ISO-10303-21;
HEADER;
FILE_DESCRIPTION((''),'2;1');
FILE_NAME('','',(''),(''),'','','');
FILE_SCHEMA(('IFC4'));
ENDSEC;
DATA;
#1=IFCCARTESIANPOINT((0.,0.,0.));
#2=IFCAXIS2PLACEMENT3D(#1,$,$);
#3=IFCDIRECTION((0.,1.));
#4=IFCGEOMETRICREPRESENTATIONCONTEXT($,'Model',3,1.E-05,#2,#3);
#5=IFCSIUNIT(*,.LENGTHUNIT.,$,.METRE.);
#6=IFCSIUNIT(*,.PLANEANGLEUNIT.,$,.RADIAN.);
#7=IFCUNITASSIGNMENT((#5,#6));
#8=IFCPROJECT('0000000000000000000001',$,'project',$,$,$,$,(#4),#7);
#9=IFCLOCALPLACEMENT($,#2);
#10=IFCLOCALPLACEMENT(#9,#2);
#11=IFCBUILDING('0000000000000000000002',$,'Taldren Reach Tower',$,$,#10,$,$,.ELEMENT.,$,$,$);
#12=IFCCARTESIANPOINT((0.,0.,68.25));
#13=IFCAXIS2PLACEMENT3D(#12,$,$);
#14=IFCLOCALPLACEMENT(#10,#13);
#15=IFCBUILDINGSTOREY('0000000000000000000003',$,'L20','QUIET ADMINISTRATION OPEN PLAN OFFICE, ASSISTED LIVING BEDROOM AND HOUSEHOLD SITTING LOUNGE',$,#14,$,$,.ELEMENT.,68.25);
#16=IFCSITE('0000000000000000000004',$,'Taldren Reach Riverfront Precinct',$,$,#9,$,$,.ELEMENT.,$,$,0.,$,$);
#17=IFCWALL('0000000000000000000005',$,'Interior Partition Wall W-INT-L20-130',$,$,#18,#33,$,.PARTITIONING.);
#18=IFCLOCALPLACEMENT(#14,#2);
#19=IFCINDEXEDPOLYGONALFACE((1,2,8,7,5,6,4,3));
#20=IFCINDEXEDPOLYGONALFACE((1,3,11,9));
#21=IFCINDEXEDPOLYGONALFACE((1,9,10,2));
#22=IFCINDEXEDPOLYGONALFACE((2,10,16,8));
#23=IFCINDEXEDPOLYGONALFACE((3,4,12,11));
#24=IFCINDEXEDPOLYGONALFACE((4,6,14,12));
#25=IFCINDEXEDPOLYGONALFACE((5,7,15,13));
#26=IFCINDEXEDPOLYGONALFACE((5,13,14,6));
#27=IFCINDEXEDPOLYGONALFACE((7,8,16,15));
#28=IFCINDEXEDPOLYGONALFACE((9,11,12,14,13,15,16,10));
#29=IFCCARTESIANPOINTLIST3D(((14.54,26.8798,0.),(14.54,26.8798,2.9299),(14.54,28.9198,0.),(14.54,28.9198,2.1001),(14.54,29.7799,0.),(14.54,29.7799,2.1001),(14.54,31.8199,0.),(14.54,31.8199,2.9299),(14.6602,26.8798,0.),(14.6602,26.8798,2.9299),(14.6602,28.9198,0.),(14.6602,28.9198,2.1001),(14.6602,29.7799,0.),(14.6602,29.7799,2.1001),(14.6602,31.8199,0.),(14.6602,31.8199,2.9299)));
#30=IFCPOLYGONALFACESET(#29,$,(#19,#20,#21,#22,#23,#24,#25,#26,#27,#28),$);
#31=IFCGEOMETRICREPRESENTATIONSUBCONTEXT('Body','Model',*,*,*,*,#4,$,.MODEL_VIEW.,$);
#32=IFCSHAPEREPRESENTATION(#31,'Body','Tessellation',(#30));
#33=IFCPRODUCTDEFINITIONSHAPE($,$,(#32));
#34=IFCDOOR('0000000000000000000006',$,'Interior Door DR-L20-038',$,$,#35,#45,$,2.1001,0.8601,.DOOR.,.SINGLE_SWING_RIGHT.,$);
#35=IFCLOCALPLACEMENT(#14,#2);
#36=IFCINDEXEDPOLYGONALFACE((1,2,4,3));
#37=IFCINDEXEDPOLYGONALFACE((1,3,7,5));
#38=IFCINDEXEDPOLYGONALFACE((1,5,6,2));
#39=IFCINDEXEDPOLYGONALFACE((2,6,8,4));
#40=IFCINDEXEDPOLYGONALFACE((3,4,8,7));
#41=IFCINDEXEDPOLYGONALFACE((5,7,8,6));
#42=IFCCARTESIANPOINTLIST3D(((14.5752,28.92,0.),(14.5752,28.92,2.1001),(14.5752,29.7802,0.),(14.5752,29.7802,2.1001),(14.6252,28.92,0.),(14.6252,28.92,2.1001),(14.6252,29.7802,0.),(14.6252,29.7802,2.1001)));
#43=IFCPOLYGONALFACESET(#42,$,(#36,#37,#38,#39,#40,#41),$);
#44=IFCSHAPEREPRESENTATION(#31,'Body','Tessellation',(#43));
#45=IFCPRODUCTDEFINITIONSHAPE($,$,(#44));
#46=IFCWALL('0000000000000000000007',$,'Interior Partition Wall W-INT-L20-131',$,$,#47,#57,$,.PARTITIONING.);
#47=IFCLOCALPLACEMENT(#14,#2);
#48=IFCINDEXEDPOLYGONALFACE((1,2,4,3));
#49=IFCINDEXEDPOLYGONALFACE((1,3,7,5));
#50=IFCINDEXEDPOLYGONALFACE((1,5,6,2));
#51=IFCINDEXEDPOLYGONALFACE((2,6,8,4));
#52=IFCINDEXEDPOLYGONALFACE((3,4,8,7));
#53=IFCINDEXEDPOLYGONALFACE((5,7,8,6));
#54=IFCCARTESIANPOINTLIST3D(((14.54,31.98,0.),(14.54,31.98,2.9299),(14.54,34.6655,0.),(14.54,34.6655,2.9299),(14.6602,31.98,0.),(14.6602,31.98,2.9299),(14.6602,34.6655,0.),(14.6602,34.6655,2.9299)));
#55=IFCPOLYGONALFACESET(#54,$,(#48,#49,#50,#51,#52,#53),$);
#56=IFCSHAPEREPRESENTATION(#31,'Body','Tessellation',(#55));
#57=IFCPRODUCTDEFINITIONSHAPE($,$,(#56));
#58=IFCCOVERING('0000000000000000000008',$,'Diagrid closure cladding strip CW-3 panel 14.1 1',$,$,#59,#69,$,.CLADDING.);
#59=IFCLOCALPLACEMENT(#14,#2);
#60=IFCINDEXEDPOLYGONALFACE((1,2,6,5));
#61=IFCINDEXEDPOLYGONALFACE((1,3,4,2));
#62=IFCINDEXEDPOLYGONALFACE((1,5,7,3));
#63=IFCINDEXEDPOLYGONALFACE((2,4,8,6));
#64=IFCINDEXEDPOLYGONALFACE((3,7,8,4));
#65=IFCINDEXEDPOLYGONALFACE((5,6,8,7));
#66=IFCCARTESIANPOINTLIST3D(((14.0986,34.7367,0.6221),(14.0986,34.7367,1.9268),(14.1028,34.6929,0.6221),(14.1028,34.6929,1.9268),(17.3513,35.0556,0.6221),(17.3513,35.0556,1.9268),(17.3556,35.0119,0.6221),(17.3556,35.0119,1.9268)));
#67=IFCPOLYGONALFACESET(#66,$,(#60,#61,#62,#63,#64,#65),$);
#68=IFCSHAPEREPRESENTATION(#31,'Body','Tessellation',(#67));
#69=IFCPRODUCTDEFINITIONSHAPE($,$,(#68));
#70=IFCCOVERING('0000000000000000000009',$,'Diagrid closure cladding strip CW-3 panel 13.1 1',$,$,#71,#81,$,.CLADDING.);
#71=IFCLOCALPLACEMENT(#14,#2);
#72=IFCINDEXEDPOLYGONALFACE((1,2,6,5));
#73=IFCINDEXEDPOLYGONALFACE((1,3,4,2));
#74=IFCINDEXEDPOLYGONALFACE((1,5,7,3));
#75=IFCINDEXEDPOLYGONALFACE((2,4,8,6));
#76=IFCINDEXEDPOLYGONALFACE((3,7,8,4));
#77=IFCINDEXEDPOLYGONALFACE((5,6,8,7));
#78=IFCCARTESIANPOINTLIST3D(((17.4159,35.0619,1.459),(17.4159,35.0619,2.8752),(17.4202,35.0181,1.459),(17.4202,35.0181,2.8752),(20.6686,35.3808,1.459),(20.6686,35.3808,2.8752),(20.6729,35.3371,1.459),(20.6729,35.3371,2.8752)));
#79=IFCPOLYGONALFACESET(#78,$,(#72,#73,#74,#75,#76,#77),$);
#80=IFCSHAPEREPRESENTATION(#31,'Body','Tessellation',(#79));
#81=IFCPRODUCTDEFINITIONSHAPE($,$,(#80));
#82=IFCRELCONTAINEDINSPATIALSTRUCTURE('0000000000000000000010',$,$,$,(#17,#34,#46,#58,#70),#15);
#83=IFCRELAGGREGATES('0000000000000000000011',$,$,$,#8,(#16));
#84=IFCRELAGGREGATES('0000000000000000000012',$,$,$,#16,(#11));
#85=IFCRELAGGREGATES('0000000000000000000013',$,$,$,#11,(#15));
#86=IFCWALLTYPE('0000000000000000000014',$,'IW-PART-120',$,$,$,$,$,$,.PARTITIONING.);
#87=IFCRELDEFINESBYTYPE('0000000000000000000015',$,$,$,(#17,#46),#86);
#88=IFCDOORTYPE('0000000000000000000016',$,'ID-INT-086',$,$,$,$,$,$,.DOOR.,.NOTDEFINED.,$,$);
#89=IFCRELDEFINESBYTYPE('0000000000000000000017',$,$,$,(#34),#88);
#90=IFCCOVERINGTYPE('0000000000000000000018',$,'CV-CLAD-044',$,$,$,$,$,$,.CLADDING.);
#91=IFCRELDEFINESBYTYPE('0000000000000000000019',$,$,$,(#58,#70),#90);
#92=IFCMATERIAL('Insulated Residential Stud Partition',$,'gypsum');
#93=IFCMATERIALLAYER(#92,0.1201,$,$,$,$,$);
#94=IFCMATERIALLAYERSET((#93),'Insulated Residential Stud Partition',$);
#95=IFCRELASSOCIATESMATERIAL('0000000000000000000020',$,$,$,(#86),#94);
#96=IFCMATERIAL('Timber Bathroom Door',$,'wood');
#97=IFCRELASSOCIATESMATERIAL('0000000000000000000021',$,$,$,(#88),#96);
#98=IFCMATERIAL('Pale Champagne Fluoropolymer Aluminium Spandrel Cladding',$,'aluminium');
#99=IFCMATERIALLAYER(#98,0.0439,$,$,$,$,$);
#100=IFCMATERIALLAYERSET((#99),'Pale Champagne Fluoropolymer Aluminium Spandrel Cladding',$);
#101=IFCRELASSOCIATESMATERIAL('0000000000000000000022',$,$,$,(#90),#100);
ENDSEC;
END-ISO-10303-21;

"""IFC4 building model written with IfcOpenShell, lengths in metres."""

from ifc_helpers import new_model, si_unit, direction, frame, frame_2d, origin, origin_2d, place, context, subcontext, project, spatial, rectangle, extrude, source, transform, mapped, material, layer, layer_set, type_object, element, fill, save


model = new_model("IFC4")

# Units and contexts
model_context = context("Model", 3, precision=1e-05, world=origin(), true_north=direction((0.0, 1.0)))
body_context = subcontext(model_context, "Body", "Model", "MODEL_VIEW")
ifc_project = project(units=[si_unit("LENGTHUNIT", "METRE"), si_unit("PLANEANGLEUNIT", "RADIAN")], contexts=[model_context])

# Site, building, storey
site_placement = place(None, origin())
site = spatial("IfcSite", under=ifc_project, at=site_placement, Name="Taldren Reach Riverfront Precinct", CompositionType="ELEMENT", RefElevation=0.0)
building_placement = place(site_placement, origin())
building = spatial("IfcBuilding", under=site, at=building_placement, Name="Taldren Reach Tower", CompositionType="ELEMENT")
storey_placement = place(building_placement, frame((0.0, 0.0, 68.25)))
storey = spatial("IfcBuildingStorey", under=building, at=storey_placement, Name="L20", Description="QUIET ADMINISTRATION OPEN PLAN OFFICE, ASSISTED LIVING BEDROOM AND HOUSEHOLD SITTING LOUNGE", CompositionType="ELEMENT", Elevation=68.25)

# Wall, opening, door
ifc_material_1 = material(Name="Insulated Residential Stud Partition", Category="gypsum")
ifc_layer_1 = layer(ifc_material_1, 0.1201)
ifc_layer_set_1 = layer_set([ifc_layer_1], Name="Insulated Residential Stud Partition")
wall_type_1 = type_object("IfcWallType", Name="IW-PART-120", PredefinedType="PARTITIONING", material=ifc_layer_set_1)
shared_shape_1 = source(origin(), body_context, "Body", "SweptSolid", [
    extrude(rectangle(XDim=4.9402, YDim=0.1201, at=frame_2d((2.4702, 0.0))), origin(), (0.0, 0.0, 1.0), 2.9299),
])
wall_1_placement = place(storey_placement, frame((14.6001, 31.8201, 0.0), z_axis=(0.0, 0.0, 1.0), x_axis=(0.0, -1.0, 0.0)))
wall_1 = element("IfcWall", 1, at=wall_1_placement, inside=storey, type_object=wall_type_1, Name="Interior Partition Wall W-INT-L20-130", PredefinedType="PARTITIONING", context=body_context, shape_type="MappedRepresentation", body=[
    mapped(shared_shape_1, transform((0.0, 0.0, 0.0), scale=1.0)),
])
shared_shape_2 = source(origin(), body_context, "Body", "SweptSolid", [
    extrude(rectangle(XDim=0.8601, YDim=2.1001, at=frame_2d((0.4302, 1.05))), frame((0.0, 0.0701, 0.0), z_axis=(0.0, -1.0, 0.0), x_axis=(1.0, 0.0, 0.0)), (0.0, 0.0, 1.0), 0.1401),
])
opening_placement = place(wall_1_placement, frame((2.04, 0.0, 0.0)))
opening = element("IfcOpeningElement", 2, at=opening_placement, cuts=wall_1, PredefinedType="OPENING", context=body_context, shape_type="MappedRepresentation", body=[
    mapped(shared_shape_2, transform((0.0, 0.0, 0.0), scale=1.0)),
])
ifc_material_2 = material(Name="Timber Bathroom Door", Category="wood")
door_type = type_object("IfcDoorType", Name="ID-INT-086", OperationType="NOTDEFINED", PredefinedType="DOOR", material=ifc_material_2)
shared_shape_3 = source(origin(), body_context, "Body", "SweptSolid", [
    extrude(rectangle(XDim=0.8601, YDim=2.1001, at=frame_2d((0.4302, 1.05))), frame((0.0, 0.0249, 0.0), z_axis=(0.0, -1.0, 0.0), x_axis=(1.0, 0.0, 0.0)), (0.0, 0.0, 1.0), 0.05),
])
door_placement = place(opening_placement, frame((0.8601, 0.0, 0.0), z_axis=(0.0, 0.0, 1.0), x_axis=(-1.0, 0.0, 0.0)))
door = element("IfcDoor", 3, at=door_placement, inside=storey, type_object=door_type, Name="Interior Door DR-L20-038", OperationType="SINGLE_SWING_RIGHT", OverallHeight=2.1001, OverallWidth=0.8601, PredefinedType="DOOR", context=body_context, shape_type="MappedRepresentation", body=[
    mapped(shared_shape_3, transform((0.0, 0.0, 0.0), scale=1.0)),
])
fill(opening, door)

# Wall
shared_shape_4 = source(origin(), body_context, "Body", "SweptSolid", [
    extrude(rectangle(XDim=2.6855, YDim=0.1201, at=frame_2d((1.3428, 0.0))), origin(), (0.0, 0.0, 1.0), 2.9299),
])
wall_2_placement = place(storey_placement, frame((14.6001, 34.6655, 0.0), z_axis=(0.0, 0.0, 1.0), x_axis=(0.0, -1.0, 0.0)))
element("IfcWall", 4, at=wall_2_placement, inside=storey, type_object=wall_type_1, Name="Interior Partition Wall W-INT-L20-131", PredefinedType="PARTITIONING", context=body_context, shape_type="MappedRepresentation", body=[
    mapped(shared_shape_4, transform((0.0, 0.0, 0.0), scale=1.0)),
])

# Coverings
ifc_material_3 = material(Name="Pale Champagne Fluoropolymer Aluminium Spandrel Cladding", Category="aluminium")
ifc_layer_2 = layer(ifc_material_3, 0.0439)
ifc_layer_set_2 = layer_set([ifc_layer_2], Name="Pale Champagne Fluoropolymer Aluminium Spandrel Cladding")
covering_type = type_object("IfcCoveringType", Name="CV-CLAD-044", PredefinedType="CLADDING", material=ifc_layer_set_2)
shared_shape_5 = source(origin(), body_context, "Body", "SweptSolid", [
    extrude(rectangle(XDim=3.2683, YDim=0.0439, at=origin_2d()), origin(), (0.0, 0.0, 1.0), 1.3047),
])
covering_1_placement = place(storey_placement, frame((15.7271, 34.8743, 0.6221), z_axis=(0.0, 0.0, 1.0), x_axis=(-0.995227, -0.097583, 0.0)))
element("IfcCovering", 5, at=covering_1_placement, inside=storey, type_object=covering_type, Name="Diagrid closure cladding strip CW-3 panel 14.1 1", PredefinedType="CLADDING", context=body_context, shape_type="MappedRepresentation", body=[
    mapped(shared_shape_5, transform((0.0, 0.0, 0.0), scale=1.0)),
])
shared_shape_6 = source(origin(), body_context, "Body", "SweptSolid", [
    extrude(rectangle(XDim=3.2683, YDim=0.0439, at=origin_2d()), origin(), (0.0, 0.0, 1.0), 1.4163),
])
covering_2_placement = place(storey_placement, frame((19.0444, 35.1995, 1.459), z_axis=(0.0, 0.0, 1.0), x_axis=(-0.995227, -0.097583, 0.0)))
element("IfcCovering", 6, at=covering_2_placement, inside=storey, type_object=covering_type, Name="Diagrid closure cladding strip CW-3 panel 13.1 1", PredefinedType="CLADDING", context=body_context, shape_type="MappedRepresentation", body=[
    mapped(shared_shape_6, transform((0.0, 0.0, 0.0), scale=1.0)),
])

save(model, "model.ifc")
